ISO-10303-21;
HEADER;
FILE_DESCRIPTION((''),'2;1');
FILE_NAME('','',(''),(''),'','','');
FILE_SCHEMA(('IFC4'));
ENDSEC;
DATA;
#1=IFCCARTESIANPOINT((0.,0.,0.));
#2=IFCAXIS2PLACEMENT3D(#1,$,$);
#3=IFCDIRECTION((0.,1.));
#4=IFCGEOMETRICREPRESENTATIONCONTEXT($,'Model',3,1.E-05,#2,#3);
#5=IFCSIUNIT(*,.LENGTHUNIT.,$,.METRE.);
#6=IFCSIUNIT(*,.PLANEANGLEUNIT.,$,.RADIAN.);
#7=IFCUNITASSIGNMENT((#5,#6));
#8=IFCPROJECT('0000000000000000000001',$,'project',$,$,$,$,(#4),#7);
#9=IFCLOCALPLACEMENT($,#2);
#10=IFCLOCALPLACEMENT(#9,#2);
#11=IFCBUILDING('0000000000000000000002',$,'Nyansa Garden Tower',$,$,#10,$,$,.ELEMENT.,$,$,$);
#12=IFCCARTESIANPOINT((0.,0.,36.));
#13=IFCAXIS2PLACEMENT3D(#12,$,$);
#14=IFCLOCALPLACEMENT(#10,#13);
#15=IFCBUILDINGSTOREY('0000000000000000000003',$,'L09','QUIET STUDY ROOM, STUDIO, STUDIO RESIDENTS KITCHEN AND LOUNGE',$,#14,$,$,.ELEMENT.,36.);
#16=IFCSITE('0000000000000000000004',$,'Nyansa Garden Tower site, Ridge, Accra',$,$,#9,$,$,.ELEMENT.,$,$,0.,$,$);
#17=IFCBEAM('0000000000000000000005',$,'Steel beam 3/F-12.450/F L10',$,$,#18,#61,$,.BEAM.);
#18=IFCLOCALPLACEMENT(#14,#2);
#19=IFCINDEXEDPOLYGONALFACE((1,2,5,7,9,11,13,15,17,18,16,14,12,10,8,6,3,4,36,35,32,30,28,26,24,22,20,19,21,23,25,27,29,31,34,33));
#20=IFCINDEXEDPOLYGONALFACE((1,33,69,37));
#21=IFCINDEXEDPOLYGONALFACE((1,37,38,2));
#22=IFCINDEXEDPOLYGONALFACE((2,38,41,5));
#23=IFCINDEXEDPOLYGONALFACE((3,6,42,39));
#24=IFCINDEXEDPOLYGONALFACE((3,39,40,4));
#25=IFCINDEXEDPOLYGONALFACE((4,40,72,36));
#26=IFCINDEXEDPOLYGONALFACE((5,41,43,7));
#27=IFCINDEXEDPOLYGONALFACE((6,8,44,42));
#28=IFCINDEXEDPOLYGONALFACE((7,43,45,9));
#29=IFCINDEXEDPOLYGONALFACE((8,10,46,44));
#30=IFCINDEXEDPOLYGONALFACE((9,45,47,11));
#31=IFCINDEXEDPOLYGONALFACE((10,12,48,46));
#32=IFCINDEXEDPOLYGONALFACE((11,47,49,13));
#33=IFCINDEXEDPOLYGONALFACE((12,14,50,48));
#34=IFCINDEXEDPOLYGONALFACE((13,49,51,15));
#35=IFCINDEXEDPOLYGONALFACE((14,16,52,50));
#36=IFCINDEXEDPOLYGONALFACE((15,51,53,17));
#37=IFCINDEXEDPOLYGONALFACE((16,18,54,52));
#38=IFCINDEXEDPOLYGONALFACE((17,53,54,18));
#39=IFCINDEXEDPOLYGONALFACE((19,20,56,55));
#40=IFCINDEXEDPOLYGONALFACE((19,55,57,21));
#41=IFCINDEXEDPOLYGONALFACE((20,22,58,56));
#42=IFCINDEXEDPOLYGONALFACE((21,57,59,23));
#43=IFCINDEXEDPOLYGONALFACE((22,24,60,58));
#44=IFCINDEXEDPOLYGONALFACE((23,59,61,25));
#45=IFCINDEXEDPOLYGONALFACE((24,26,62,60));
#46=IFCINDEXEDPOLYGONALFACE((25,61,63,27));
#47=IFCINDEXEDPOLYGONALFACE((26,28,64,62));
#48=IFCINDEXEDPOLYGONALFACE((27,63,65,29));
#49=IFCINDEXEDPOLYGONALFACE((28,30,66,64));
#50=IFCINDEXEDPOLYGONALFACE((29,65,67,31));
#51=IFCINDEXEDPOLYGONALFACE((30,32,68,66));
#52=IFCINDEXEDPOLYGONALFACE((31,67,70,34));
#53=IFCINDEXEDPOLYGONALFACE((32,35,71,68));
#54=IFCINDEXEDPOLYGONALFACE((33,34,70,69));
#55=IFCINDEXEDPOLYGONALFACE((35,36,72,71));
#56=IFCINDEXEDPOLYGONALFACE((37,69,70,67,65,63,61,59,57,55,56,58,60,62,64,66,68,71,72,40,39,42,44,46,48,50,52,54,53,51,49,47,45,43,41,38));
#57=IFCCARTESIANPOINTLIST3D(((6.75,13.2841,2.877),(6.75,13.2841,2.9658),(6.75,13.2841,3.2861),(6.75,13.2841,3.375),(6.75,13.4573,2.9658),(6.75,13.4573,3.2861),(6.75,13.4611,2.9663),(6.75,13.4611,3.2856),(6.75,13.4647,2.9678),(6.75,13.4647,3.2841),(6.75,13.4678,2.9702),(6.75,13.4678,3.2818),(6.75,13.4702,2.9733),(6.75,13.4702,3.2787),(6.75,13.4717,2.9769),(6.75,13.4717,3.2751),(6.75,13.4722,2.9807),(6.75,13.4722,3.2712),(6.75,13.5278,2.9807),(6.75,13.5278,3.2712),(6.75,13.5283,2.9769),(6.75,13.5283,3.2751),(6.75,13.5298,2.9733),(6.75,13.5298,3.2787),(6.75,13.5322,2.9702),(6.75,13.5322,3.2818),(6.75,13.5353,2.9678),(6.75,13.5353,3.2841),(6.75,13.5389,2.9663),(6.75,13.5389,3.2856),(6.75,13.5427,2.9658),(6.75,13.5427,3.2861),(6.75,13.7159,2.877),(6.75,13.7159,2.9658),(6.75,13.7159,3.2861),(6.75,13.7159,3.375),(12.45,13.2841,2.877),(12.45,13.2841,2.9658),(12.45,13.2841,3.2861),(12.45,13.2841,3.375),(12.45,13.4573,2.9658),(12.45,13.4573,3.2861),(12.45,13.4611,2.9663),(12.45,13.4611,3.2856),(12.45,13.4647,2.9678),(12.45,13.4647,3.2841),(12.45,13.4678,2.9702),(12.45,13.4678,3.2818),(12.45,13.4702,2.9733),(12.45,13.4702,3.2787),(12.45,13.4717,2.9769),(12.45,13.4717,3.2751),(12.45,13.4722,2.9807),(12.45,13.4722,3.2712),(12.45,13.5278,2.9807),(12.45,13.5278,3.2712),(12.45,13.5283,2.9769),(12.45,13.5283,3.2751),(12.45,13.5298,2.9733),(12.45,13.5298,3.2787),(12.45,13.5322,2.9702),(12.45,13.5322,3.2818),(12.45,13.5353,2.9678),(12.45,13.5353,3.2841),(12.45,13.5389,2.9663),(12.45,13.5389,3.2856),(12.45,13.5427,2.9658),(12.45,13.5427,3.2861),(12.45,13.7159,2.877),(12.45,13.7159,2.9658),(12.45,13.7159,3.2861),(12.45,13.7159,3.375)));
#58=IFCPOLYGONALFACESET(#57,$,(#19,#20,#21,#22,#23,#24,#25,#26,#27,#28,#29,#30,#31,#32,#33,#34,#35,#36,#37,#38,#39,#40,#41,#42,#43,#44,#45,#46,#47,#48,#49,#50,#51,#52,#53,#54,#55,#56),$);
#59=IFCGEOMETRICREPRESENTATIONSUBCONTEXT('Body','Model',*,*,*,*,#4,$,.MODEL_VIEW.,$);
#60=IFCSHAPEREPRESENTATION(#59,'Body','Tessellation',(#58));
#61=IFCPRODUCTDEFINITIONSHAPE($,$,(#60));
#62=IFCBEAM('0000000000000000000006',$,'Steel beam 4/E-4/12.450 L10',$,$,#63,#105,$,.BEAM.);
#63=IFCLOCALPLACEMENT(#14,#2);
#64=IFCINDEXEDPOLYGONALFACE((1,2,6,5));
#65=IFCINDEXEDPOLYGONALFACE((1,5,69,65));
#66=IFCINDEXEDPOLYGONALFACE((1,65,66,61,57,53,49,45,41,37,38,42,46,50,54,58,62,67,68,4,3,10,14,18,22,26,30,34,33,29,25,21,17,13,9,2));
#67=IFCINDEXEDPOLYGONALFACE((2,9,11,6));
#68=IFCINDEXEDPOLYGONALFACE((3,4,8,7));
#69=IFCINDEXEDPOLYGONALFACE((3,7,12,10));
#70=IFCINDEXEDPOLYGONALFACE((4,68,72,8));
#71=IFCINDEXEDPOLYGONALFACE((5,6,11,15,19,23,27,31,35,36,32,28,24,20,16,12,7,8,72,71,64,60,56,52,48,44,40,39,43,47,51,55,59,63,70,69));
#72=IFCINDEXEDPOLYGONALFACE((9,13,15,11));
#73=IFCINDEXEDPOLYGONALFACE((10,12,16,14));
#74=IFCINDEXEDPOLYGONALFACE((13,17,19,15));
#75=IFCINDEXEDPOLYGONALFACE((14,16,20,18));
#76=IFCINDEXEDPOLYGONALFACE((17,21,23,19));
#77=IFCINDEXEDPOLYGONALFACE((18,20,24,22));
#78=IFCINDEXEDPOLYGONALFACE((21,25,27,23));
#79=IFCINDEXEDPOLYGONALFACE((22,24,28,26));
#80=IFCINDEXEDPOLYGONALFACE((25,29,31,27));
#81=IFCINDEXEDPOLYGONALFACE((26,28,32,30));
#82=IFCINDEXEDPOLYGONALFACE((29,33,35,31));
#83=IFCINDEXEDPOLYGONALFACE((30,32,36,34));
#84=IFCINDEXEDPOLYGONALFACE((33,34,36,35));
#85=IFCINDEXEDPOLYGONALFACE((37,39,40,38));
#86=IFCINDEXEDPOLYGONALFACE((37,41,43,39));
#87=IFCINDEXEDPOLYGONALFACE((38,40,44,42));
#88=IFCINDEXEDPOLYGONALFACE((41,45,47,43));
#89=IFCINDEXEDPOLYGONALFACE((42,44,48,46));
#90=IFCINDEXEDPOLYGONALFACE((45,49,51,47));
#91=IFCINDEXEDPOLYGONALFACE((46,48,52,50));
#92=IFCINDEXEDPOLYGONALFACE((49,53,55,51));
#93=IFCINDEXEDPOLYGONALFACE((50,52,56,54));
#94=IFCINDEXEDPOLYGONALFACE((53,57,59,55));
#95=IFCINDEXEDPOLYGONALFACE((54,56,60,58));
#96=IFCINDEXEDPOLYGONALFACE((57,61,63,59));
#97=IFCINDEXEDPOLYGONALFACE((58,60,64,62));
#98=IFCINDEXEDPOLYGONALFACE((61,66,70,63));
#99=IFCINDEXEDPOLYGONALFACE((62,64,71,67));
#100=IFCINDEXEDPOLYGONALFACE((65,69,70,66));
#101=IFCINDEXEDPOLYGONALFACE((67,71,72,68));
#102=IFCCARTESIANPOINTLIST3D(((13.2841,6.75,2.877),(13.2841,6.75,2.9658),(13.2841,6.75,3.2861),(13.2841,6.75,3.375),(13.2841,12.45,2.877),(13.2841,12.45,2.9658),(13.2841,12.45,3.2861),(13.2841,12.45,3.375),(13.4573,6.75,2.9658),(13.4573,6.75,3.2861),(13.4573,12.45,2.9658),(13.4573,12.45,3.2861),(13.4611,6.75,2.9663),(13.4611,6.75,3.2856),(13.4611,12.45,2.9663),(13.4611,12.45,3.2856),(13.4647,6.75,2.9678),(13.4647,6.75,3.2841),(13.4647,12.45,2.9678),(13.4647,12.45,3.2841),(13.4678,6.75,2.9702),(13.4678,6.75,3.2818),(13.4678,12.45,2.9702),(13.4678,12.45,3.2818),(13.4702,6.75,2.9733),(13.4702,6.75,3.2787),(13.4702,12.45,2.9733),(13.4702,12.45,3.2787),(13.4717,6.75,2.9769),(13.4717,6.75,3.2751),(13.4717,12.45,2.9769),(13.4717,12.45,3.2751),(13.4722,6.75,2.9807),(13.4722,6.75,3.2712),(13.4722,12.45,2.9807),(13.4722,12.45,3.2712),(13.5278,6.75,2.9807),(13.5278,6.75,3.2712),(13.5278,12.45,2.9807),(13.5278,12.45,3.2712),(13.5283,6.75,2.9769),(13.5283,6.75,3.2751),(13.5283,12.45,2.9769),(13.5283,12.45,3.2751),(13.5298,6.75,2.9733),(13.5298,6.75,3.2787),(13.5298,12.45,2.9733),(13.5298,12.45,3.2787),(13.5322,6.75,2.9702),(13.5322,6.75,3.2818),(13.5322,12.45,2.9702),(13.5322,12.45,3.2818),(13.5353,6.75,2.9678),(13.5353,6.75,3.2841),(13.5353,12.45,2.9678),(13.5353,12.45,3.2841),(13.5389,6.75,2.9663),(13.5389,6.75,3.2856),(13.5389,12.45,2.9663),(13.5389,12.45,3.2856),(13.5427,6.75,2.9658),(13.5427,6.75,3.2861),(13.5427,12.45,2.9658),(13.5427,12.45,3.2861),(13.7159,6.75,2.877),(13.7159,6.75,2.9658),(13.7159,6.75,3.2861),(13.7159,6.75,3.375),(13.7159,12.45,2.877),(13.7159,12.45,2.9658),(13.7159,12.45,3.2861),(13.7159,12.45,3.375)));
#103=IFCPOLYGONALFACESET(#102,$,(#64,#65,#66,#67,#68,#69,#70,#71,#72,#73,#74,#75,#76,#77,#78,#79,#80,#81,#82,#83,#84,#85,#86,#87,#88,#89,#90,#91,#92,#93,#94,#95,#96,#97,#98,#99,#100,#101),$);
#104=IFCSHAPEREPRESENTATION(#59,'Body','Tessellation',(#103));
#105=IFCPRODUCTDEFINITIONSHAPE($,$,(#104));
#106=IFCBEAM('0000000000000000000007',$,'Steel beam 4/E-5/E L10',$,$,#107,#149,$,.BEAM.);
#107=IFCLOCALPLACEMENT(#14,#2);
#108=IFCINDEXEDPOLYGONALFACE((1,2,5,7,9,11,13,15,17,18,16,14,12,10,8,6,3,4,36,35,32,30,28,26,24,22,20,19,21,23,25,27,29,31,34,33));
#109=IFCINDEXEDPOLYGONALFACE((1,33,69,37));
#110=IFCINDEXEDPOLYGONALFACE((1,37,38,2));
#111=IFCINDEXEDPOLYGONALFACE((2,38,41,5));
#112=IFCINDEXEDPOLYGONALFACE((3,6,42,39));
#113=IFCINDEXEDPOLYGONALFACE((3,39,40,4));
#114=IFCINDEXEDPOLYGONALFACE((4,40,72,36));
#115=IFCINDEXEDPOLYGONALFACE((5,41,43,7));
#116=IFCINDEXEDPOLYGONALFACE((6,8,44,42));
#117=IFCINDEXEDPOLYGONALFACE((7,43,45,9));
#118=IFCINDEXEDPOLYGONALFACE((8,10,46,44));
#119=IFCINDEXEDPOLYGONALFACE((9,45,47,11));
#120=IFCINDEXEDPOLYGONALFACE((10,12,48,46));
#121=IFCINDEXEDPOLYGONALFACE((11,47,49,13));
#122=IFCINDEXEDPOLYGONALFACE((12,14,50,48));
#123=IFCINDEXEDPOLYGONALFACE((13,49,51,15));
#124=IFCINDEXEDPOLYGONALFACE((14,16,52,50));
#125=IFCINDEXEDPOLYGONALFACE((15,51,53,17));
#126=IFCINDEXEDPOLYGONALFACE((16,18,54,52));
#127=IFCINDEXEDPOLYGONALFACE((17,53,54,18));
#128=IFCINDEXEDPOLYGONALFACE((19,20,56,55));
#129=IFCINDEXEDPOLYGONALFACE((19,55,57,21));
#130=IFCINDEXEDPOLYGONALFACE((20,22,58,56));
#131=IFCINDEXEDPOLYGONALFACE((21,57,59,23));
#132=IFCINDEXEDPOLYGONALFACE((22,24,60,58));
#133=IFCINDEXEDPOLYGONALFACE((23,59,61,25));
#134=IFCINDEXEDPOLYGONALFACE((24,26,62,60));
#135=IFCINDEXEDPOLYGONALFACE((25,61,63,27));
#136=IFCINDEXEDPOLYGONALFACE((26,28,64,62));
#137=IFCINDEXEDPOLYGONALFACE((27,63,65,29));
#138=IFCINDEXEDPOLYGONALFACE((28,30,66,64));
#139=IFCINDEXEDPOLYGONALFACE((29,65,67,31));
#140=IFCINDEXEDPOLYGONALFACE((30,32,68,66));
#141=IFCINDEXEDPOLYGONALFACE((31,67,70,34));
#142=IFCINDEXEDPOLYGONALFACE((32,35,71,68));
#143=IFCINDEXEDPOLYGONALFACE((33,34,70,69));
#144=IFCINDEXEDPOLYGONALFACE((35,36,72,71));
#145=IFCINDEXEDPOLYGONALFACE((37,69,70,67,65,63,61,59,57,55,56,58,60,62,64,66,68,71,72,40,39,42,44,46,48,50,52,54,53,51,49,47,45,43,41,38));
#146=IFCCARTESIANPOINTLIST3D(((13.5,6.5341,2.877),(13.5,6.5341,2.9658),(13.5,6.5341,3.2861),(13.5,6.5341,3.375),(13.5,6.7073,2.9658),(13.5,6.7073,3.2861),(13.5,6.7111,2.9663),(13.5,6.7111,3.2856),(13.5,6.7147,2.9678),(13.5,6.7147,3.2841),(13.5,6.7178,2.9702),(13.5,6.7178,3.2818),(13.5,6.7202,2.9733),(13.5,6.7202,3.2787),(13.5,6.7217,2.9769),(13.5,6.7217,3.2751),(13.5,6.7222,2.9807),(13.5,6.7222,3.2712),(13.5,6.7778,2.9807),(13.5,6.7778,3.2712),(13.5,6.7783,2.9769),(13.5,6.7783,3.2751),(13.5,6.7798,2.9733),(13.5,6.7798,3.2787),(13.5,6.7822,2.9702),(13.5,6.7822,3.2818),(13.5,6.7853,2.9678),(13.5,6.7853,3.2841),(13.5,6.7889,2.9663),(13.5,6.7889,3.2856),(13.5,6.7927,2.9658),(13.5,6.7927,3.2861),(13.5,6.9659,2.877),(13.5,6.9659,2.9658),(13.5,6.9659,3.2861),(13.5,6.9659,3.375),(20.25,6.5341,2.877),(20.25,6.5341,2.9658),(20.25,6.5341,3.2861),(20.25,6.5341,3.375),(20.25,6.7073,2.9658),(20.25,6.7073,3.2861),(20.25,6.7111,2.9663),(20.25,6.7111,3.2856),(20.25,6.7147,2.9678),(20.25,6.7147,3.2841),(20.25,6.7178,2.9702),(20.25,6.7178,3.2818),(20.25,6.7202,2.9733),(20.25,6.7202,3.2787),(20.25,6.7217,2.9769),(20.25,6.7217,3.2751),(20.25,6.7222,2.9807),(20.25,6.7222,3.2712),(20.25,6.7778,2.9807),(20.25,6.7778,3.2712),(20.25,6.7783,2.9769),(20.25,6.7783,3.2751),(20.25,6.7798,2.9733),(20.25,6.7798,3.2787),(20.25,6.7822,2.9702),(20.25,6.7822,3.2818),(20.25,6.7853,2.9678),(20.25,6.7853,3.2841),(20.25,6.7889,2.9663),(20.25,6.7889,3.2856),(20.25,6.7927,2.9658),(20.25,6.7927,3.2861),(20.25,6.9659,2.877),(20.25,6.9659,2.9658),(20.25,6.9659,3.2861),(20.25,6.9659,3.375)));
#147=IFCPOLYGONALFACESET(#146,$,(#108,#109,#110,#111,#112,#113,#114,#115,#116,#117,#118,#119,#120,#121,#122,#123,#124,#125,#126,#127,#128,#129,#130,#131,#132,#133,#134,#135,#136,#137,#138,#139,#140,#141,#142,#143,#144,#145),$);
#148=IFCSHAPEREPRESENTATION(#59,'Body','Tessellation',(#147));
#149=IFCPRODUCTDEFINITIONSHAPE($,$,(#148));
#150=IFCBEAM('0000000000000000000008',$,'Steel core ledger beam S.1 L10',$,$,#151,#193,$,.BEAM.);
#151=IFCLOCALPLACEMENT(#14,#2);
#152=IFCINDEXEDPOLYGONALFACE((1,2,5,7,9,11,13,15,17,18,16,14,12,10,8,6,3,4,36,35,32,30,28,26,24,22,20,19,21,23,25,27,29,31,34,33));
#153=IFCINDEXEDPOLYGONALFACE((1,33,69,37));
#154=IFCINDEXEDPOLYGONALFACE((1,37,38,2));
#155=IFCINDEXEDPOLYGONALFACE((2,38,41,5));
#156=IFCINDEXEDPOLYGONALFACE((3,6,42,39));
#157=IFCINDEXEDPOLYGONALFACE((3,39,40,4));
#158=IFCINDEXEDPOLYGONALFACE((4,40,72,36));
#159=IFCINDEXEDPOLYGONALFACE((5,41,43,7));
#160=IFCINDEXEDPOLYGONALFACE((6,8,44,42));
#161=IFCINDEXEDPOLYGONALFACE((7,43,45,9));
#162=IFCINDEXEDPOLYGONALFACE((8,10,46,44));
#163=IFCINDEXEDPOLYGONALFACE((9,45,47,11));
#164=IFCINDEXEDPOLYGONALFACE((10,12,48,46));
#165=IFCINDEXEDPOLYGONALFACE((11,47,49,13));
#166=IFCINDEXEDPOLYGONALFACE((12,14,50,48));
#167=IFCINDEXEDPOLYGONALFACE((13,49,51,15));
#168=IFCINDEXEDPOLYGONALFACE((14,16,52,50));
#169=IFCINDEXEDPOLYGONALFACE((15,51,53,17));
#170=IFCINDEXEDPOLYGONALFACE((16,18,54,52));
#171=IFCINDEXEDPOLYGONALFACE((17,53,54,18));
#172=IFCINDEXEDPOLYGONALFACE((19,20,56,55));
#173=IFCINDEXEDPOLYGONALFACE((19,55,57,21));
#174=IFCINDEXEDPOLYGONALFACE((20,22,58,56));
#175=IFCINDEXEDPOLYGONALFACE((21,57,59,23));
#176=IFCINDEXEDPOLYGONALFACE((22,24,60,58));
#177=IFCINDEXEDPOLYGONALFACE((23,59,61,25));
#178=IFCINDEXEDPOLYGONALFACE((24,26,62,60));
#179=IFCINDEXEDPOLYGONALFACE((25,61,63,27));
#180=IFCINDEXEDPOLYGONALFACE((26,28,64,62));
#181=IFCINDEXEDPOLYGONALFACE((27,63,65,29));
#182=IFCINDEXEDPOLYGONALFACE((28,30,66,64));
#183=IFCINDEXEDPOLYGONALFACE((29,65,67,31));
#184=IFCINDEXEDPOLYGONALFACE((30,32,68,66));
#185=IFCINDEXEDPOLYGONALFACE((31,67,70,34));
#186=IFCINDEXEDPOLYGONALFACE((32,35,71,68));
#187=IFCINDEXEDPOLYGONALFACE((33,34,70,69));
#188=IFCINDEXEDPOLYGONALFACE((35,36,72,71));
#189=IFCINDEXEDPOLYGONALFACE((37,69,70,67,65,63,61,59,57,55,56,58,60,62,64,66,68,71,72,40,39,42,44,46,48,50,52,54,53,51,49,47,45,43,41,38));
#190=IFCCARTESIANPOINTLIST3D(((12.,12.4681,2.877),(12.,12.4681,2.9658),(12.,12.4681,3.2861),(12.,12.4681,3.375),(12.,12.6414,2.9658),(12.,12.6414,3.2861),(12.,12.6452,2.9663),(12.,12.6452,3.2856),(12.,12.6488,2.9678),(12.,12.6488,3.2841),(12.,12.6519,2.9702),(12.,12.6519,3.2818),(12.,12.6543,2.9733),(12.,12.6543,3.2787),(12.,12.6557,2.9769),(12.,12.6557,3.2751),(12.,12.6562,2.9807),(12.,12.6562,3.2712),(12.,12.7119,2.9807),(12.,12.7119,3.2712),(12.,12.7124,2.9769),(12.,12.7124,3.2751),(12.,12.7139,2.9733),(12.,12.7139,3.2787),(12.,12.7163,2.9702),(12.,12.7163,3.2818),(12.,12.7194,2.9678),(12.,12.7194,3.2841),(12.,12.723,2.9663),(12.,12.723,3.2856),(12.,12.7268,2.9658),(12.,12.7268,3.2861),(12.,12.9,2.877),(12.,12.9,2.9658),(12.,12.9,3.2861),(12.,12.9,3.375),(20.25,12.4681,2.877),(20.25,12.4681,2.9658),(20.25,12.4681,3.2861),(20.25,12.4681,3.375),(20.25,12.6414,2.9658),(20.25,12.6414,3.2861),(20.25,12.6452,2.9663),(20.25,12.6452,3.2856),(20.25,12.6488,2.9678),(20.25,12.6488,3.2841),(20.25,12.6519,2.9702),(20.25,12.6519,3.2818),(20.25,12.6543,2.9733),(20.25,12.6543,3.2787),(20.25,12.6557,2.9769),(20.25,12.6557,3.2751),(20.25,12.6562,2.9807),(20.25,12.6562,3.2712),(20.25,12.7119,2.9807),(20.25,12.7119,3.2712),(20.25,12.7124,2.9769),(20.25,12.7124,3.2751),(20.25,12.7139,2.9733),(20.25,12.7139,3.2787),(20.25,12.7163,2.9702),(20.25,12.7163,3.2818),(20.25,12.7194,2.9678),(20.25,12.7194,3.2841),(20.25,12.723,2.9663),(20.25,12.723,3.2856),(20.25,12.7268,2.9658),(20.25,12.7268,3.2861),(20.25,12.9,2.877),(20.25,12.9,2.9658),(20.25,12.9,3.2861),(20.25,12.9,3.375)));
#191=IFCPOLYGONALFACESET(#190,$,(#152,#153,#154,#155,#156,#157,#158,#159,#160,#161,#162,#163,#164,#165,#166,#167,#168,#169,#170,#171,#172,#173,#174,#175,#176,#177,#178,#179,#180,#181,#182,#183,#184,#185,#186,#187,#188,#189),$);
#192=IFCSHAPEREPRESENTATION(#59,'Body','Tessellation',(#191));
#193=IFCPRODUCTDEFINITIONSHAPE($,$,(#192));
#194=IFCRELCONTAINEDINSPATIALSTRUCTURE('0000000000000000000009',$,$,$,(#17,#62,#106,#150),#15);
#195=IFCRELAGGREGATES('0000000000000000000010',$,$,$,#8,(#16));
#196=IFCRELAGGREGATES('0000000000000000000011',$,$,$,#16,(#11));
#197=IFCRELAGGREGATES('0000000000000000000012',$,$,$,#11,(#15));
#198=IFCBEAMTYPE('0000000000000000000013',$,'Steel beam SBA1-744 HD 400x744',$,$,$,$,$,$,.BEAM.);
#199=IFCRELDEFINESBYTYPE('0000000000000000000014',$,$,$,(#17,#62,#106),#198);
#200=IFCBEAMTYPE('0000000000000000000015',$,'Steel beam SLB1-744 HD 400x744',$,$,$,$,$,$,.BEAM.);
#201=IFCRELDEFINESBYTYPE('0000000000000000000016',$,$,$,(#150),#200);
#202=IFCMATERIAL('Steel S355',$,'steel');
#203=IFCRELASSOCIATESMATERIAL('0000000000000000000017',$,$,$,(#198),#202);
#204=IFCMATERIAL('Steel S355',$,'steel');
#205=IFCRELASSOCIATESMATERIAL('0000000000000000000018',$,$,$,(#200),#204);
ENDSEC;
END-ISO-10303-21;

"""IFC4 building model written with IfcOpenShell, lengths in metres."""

from ifc_helpers import new_model, si_unit, direction, frame, origin, origin_2d, place, context, subcontext, project, spatial, i_section, extrude, material, material_profile, profile_set, type_object, element, save


model = new_model("IFC4")

# Units and contexts
model_context = context("Model", 3, precision=1e-05, world=origin(), true_north=direction((0.0, 1.0)))
body_context = subcontext(model_context, "Body", "Model", "MODEL_VIEW")
ifc_project = project(units=[si_unit("LENGTHUNIT", "METRE"), si_unit("PLANEANGLEUNIT", "RADIAN")], contexts=[model_context])

# Site, building, storey
site_placement = place(None, origin())
site = spatial("IfcSite", under=ifc_project, at=site_placement, Name="Nyansa Garden Tower site, Ridge, Accra", CompositionType="ELEMENT", RefElevation=0.0)
building_placement = place(site_placement, origin())
building = spatial("IfcBuilding", under=site, at=building_placement, Name="Nyansa Garden Tower", CompositionType="ELEMENT")
storey_placement = place(building_placement, frame((0.0, 0.0, 36.0)))
storey = spatial("IfcBuildingStorey", under=building, at=storey_placement, Name="L09", Description="QUIET STUDY ROOM, STUDIO, STUDIO RESIDENTS KITCHEN AND LOUNGE", CompositionType="ELEMENT", Elevation=36.0)

# Beams
ifc_material_1 = material(Name="Steel S355", Category="steel")
ifc_material_profile_1 = material_profile(ifc_material_1, i_section(OverallWidth=0.4319, OverallDepth=0.498, WebThickness=0.0557, FlangeThickness=0.0889, FilletRadius=0.0149, at=origin_2d()), Name="HD 400x744")
ifc_profile_set_1 = profile_set([ifc_material_profile_1], Name="Steel S355")
beam_type_1 = type_object("IfcBeamType", Name="Steel beam SBA1-744 HD 400x744", PredefinedType="BEAM", material=ifc_profile_set_1)
for number, where, z_axis, x_axis, name in (
    (1, (6.75, 13.5, 3.126), (1.0, 0.0, 0.0), (0.0, 1.0, 0.0), "Steel beam 3/F-12.450/F L10"),
    (2, (13.5, 6.75, 3.126), (0.0, 1.0, 0.0), (-1.0, 0.0, 0.0), "Steel beam 4/E-4/12.450 L10"),
):
    element("IfcBeam", number, at=place(storey_placement, frame(where, z_axis=z_axis, x_axis=x_axis)), inside=storey, type_object=beam_type_1, Name=name, PredefinedType="BEAM", context=body_context, shape_type="SweptSolid", body=[
        extrude(i_section(OverallWidth=0.4319, OverallDepth=0.498, WebThickness=0.0557, FlangeThickness=0.0889, FilletRadius=0.0149, at=origin_2d()), origin(), (0.0, 0.0, 1.0), 5.7),
    ])
beam_1_placement = place(storey_placement, frame((13.5, 6.75, 3.126), z_axis=(1.0, 0.0, 0.0), x_axis=(0.0, 1.0, 0.0)))
element("IfcBeam", 3, at=beam_1_placement, inside=storey, type_object=beam_type_1, Name="Steel beam 4/E-5/E L10", PredefinedType="BEAM", context=body_context, shape_type="SweptSolid", body=[
    extrude(i_section(OverallWidth=0.4319, OverallDepth=0.498, WebThickness=0.0557, FlangeThickness=0.0889, FilletRadius=0.0149, at=origin_2d()), origin(), (0.0, 0.0, 1.0), 6.75),
])
ifc_material_2 = material(Name="Steel S355", Category="steel")
ifc_material_profile_2 = material_profile(ifc_material_2, i_section(OverallWidth=0.4319, OverallDepth=0.498, WebThickness=0.0557, FlangeThickness=0.0889, FilletRadius=0.0149, at=origin_2d()), Name="HD 400x744")
ifc_profile_set_2 = profile_set([ifc_material_profile_2], Name="Steel S355")
beam_type_2 = type_object("IfcBeamType", Name="Steel beam SLB1-744 HD 400x744", PredefinedType="BEAM", material=ifc_profile_set_2)
beam_2_placement = place(storey_placement, frame((12.0, 12.6841, 3.126), z_axis=(1.0, 0.0, 0.0), x_axis=(0.0, 1.0, 0.0)))
element("IfcBeam", 4, at=beam_2_placement, inside=storey, type_object=beam_type_2, Name="Steel core ledger beam S.1 L10", PredefinedType="BEAM", context=body_context, shape_type="SweptSolid", body=[
    extrude(i_section(OverallWidth=0.4319, OverallDepth=0.498, WebThickness=0.0557, FlangeThickness=0.0889, FilletRadius=0.0149, at=origin_2d()), origin(), (0.0, 0.0, 1.0), 8.25),
])

save(model, "model.ifc")
